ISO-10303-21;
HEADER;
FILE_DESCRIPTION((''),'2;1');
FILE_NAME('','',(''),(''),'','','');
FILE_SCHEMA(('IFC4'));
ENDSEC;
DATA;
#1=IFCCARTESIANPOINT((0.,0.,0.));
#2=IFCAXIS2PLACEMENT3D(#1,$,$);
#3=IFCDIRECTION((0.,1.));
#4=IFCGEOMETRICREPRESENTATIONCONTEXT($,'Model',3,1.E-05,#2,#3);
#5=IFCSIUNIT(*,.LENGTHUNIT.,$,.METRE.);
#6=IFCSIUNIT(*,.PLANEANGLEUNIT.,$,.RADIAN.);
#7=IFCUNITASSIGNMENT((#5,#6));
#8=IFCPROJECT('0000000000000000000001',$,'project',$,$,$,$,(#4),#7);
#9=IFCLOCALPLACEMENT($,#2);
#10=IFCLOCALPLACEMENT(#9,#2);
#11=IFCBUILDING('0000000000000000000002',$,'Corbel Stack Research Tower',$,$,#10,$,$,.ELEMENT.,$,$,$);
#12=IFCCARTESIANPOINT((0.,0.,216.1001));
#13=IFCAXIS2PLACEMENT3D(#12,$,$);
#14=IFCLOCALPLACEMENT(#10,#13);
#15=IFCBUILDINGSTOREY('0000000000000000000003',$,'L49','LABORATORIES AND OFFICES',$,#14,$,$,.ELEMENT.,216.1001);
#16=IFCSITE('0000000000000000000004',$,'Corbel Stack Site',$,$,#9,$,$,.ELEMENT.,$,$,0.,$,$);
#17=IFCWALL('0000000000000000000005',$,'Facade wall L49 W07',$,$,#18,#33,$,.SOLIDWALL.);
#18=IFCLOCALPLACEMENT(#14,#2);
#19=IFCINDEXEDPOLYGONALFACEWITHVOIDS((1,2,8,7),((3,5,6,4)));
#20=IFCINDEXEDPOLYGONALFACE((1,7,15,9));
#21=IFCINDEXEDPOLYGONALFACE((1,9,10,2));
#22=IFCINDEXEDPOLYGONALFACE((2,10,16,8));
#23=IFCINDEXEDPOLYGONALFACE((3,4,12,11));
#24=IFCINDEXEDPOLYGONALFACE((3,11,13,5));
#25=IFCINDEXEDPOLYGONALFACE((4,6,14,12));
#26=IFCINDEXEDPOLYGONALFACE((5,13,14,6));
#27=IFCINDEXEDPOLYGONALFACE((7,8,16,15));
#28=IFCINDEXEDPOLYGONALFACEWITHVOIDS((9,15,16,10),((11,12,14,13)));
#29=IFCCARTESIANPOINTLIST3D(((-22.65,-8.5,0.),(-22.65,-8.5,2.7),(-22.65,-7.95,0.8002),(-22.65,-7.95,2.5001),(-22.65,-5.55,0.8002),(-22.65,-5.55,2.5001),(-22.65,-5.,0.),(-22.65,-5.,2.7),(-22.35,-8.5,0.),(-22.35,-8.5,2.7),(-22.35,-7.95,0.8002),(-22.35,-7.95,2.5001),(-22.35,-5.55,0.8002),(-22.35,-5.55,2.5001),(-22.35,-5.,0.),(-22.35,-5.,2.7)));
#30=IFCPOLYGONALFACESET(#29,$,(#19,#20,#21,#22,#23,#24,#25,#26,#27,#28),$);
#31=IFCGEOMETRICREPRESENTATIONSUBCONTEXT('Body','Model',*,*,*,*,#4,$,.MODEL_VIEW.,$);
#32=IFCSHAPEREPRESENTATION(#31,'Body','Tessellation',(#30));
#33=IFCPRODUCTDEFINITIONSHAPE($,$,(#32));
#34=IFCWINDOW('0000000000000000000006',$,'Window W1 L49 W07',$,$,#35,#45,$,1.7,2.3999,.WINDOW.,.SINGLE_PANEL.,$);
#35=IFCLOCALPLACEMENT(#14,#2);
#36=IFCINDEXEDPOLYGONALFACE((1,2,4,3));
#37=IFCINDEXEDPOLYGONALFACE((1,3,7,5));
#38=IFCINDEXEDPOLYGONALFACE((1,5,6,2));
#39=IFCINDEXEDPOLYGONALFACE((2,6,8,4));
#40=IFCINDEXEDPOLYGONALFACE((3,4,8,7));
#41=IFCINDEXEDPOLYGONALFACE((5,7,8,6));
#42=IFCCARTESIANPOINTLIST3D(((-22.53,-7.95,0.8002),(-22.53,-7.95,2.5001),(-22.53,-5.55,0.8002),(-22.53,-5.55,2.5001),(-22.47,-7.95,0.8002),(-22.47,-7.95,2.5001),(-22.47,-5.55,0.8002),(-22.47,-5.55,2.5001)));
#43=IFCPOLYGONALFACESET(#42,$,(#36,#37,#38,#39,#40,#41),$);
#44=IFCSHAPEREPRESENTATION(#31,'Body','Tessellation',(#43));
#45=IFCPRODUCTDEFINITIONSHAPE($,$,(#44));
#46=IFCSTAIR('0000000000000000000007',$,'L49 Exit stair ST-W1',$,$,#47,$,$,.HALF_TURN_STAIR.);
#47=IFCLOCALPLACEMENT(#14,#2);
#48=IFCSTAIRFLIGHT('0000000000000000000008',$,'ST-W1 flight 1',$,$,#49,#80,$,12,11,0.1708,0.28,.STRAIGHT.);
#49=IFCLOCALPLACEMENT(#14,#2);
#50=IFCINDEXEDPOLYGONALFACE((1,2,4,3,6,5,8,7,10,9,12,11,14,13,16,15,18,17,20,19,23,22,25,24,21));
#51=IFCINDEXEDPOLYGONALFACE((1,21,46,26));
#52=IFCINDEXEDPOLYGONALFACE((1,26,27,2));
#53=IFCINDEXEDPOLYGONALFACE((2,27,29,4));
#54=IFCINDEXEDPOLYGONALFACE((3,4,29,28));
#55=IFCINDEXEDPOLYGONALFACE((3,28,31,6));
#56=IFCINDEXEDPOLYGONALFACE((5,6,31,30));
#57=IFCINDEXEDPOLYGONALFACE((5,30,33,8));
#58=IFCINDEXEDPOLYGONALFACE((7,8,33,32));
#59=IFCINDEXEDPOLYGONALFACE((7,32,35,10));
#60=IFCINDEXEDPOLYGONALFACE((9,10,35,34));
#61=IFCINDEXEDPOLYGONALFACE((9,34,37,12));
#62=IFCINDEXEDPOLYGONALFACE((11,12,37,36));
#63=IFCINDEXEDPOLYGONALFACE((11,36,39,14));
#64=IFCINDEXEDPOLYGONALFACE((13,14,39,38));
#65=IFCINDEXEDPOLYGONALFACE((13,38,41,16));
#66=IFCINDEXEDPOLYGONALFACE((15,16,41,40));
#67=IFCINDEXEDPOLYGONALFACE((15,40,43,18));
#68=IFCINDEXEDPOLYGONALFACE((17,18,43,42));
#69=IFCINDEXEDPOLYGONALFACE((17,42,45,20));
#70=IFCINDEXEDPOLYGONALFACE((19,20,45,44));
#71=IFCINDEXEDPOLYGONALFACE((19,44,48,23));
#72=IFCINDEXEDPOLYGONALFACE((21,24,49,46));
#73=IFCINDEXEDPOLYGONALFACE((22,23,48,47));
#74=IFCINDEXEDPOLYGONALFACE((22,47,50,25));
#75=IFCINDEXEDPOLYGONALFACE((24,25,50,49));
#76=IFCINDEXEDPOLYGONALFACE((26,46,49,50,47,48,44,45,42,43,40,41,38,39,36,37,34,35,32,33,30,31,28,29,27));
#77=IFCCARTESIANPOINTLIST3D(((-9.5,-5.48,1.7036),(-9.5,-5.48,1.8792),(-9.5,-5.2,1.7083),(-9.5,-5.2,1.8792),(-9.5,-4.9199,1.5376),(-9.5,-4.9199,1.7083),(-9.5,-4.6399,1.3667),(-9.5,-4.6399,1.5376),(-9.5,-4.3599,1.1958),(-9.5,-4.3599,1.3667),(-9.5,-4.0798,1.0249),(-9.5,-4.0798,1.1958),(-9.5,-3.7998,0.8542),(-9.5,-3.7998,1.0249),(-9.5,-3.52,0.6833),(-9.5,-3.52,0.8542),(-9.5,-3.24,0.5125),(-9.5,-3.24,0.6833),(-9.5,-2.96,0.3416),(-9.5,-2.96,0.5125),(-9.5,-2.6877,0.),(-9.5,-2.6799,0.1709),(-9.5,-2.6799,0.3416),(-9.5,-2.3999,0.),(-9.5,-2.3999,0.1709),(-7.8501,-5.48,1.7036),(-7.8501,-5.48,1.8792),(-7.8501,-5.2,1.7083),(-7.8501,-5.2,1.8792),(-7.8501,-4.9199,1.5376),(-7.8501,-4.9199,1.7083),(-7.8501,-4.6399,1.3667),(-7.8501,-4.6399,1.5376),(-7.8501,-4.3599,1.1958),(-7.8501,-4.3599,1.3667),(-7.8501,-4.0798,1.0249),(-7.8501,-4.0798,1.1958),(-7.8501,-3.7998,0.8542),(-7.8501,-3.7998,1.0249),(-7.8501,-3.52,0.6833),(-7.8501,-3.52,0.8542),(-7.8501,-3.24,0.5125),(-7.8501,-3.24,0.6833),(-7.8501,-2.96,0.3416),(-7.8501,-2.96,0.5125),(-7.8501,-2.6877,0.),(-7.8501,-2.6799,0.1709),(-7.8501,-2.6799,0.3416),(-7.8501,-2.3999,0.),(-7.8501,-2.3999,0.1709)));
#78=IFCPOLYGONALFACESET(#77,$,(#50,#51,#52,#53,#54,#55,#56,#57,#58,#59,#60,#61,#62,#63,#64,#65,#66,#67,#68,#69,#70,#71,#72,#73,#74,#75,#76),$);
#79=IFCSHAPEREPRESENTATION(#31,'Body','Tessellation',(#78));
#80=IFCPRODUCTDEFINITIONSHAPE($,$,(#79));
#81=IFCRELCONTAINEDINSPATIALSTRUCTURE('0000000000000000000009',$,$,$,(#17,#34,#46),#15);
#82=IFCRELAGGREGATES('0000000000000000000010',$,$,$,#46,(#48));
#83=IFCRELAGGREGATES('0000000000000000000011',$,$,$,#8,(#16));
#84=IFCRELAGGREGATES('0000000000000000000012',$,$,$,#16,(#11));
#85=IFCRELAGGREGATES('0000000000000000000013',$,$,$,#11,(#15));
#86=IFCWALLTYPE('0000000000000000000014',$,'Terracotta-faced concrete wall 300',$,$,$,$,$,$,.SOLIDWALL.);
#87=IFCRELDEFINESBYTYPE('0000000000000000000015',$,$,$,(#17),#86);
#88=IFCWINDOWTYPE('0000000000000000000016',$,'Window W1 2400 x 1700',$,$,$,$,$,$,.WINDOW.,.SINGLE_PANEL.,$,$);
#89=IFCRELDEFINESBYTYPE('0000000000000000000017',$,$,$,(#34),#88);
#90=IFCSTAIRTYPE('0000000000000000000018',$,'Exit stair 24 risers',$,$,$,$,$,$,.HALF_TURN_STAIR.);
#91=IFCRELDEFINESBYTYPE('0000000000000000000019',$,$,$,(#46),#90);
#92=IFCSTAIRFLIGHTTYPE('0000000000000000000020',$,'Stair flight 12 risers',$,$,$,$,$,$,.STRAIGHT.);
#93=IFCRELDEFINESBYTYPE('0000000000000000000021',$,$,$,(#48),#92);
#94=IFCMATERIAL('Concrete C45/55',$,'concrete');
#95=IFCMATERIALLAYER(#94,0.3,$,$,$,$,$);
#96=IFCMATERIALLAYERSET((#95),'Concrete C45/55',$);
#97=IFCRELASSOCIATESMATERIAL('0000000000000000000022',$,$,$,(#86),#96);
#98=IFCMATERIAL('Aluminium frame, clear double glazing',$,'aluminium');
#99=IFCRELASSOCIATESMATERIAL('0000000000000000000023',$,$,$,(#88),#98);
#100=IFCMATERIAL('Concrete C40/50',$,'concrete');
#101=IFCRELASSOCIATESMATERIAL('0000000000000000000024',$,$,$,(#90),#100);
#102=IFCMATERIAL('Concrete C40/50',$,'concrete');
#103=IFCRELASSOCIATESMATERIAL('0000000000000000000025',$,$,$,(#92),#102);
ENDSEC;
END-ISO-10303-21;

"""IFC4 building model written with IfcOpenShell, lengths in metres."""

from ifc_helpers import new_model, si_unit, direction, frame, frame_2d, origin, place, context, subcontext, project, spatial, polyline, rectangle, outline, extrude, material, layer, layer_set, type_object, element, fill, aggregate, save


model = new_model("IFC4")

# Units and contexts
model_context = context("Model", 3, precision=1e-05, world=origin(), true_north=direction((0.0, 1.0)))
body_context = subcontext(model_context, "Body", "Model", "MODEL_VIEW")
ifc_project = project(units=[si_unit("LENGTHUNIT", "METRE"), si_unit("PLANEANGLEUNIT", "RADIAN")], contexts=[model_context])

# Site, building, storey
site_placement = place(None, origin())
site = spatial("IfcSite", under=ifc_project, at=site_placement, Name="Corbel Stack Site", CompositionType="ELEMENT", RefElevation=0.0)
building_placement = place(site_placement, origin())
building = spatial("IfcBuilding", under=site, at=building_placement, Name="Corbel Stack Research Tower", CompositionType="ELEMENT")
storey_placement = place(building_placement, frame((0.0, 0.0, 216.1001)))
storey = spatial("IfcBuildingStorey", under=building, at=storey_placement, Name="L49", Description="LABORATORIES AND OFFICES", CompositionType="ELEMENT", Elevation=216.1001)

# Wall, opening, window
ifc_material_1 = material(Name="Concrete C45/55", Category="concrete")
ifc_layer_1 = layer(ifc_material_1, 0.3)
ifc_layer_set_1 = layer_set([ifc_layer_1], Name="Concrete C45/55")
wall_type_1 = type_object("IfcWallType", Name="Terracotta-faced concrete wall 300", PredefinedType="SOLIDWALL", material=ifc_layer_set_1)
ifc_material_2 = material(Name="Aluminium frame, clear double glazing", Category="aluminium")
window_type = type_object("IfcWindowType", Name="Window W1 2400 x 1700", PartitioningType="SINGLE_PANEL", PredefinedType="WINDOW", material=ifc_material_2)
wall_1_placement = place(storey_placement, frame((-22.5, -8.5, 0.0), z_axis=(0.0, 0.0, 1.0), x_axis=(0.0, 1.0, 0.0)))
wall_1 = element("IfcWall", 1, at=wall_1_placement, inside=storey, type_object=wall_type_1, Name="Facade wall L49 W07", PredefinedType="SOLIDWALL", context=body_context, shape_type="SweptSolid", body=[
    extrude(rectangle(XDim=3.5, YDim=0.3, at=frame_2d((1.75, 0.0))), origin(), (0.0, 0.0, 1.0), 2.7),
])
opening_1_placement = place(wall_1_placement, frame((0.55, 0.0, 0.8)))
opening_1 = element("IfcOpeningElement", 2, at=opening_1_placement, cuts=wall_1, PredefinedType="OPENING", context=body_context, shape_type="SweptSolid", body=[
    extrude(rectangle(XDim=2.3999, YDim=1.7, at=frame_2d((1.2, 0.8501))), frame((0.0, 0.1599, 0.0), z_axis=(0.0, -1.0, 0.0), x_axis=(1.0, 0.0, 0.0)), (0.0, 0.0, 1.0), 0.3201),
])
window_1_placement = place(opening_1_placement, origin())
window_1 = element("IfcWindow", 3, at=window_1_placement, inside=storey, type_object=window_type, Name="Window W1 L49 W07", OverallHeight=1.7, OverallWidth=2.3999, PartitioningType="SINGLE_PANEL", PredefinedType="WINDOW", context=body_context, shape_type="SweptSolid", body=[
    extrude(rectangle(XDim=2.3999, YDim=1.7, at=frame_2d((1.2, 0.8501))), frame((0.0, 0.03, 0.0), z_axis=(0.0, -1.0, 0.0), x_axis=(1.0, 0.0, 0.0)), (0.0, 0.0, 1.0), 0.0601),
])
fill(opening_1, window_1)

# Stair, stair flight
ifc_material_3 = material(Name="Concrete C40/50", Category="concrete")
stair_type = type_object("IfcStairType", Name="Exit stair 24 risers", PredefinedType="HALF_TURN_STAIR", material=ifc_material_3)
stair_placement = place(storey_placement, origin())
stair = element("IfcStair", 4, at=stair_placement, inside=storey, type_object=stair_type, Name="L49 Exit stair ST-W1", PredefinedType="HALF_TURN_STAIR")
ifc_material_4 = material(Name="Concrete C40/50", Category="concrete")
stair_flight_type = type_object("IfcStairFlightType", Name="Stair flight 12 risers", PredefinedType="STRAIGHT", material=ifc_material_4)
stair_flight_placement = place(storey_placement, frame((-8.675, -2.3999, 0.0), z_axis=(0.0, 0.0, 1.0), x_axis=(0.0, -1.0, 0.0)))
stair_flight = element("IfcStairFlight", 5, at=stair_flight_placement, type_object=stair_flight_type, Name="ST-W1 flight 1", NumberOfRisers=12, NumberOfTreads=11, PredefinedType="STRAIGHT", RiserHeight=0.1708, TreadLength=0.28, context=body_context, shape_type="SweptSolid", body=[
    extrude(outline(polyline([(0.0, 0.0), (0.0, 0.1709), (0.28, 0.1709), (0.28, 0.3416), (0.5601, 0.3416), (0.5601, 0.5125), (0.8401, 0.5125), (0.8401, 0.6833), (1.1201, 0.6833), (1.1201, 0.8542), (1.3999, 0.8542), (1.3999, 1.0249), (1.6799, 1.0249), (1.6799, 1.1958), (1.96, 1.1958), (1.96, 1.3667), (2.24, 1.3667), (2.24, 1.5376), (2.52, 1.5376), (2.52, 1.7083), (2.8, 1.7083), (2.8, 1.8792), (3.0801, 1.8792), (3.0801, 2.05), (3.0801, 1.7036), (0.2878, 0.0), (0.0, 0.0)])), frame((0.0, 0.825, 0.0), z_axis=(0.0, -1.0, 0.0), x_axis=(1.0, 0.0, 0.0)), (0.0, 0.0, 1.0), 1.6499),
])
aggregate(stair, [stair_flight])

save(model, "model.ifc")
